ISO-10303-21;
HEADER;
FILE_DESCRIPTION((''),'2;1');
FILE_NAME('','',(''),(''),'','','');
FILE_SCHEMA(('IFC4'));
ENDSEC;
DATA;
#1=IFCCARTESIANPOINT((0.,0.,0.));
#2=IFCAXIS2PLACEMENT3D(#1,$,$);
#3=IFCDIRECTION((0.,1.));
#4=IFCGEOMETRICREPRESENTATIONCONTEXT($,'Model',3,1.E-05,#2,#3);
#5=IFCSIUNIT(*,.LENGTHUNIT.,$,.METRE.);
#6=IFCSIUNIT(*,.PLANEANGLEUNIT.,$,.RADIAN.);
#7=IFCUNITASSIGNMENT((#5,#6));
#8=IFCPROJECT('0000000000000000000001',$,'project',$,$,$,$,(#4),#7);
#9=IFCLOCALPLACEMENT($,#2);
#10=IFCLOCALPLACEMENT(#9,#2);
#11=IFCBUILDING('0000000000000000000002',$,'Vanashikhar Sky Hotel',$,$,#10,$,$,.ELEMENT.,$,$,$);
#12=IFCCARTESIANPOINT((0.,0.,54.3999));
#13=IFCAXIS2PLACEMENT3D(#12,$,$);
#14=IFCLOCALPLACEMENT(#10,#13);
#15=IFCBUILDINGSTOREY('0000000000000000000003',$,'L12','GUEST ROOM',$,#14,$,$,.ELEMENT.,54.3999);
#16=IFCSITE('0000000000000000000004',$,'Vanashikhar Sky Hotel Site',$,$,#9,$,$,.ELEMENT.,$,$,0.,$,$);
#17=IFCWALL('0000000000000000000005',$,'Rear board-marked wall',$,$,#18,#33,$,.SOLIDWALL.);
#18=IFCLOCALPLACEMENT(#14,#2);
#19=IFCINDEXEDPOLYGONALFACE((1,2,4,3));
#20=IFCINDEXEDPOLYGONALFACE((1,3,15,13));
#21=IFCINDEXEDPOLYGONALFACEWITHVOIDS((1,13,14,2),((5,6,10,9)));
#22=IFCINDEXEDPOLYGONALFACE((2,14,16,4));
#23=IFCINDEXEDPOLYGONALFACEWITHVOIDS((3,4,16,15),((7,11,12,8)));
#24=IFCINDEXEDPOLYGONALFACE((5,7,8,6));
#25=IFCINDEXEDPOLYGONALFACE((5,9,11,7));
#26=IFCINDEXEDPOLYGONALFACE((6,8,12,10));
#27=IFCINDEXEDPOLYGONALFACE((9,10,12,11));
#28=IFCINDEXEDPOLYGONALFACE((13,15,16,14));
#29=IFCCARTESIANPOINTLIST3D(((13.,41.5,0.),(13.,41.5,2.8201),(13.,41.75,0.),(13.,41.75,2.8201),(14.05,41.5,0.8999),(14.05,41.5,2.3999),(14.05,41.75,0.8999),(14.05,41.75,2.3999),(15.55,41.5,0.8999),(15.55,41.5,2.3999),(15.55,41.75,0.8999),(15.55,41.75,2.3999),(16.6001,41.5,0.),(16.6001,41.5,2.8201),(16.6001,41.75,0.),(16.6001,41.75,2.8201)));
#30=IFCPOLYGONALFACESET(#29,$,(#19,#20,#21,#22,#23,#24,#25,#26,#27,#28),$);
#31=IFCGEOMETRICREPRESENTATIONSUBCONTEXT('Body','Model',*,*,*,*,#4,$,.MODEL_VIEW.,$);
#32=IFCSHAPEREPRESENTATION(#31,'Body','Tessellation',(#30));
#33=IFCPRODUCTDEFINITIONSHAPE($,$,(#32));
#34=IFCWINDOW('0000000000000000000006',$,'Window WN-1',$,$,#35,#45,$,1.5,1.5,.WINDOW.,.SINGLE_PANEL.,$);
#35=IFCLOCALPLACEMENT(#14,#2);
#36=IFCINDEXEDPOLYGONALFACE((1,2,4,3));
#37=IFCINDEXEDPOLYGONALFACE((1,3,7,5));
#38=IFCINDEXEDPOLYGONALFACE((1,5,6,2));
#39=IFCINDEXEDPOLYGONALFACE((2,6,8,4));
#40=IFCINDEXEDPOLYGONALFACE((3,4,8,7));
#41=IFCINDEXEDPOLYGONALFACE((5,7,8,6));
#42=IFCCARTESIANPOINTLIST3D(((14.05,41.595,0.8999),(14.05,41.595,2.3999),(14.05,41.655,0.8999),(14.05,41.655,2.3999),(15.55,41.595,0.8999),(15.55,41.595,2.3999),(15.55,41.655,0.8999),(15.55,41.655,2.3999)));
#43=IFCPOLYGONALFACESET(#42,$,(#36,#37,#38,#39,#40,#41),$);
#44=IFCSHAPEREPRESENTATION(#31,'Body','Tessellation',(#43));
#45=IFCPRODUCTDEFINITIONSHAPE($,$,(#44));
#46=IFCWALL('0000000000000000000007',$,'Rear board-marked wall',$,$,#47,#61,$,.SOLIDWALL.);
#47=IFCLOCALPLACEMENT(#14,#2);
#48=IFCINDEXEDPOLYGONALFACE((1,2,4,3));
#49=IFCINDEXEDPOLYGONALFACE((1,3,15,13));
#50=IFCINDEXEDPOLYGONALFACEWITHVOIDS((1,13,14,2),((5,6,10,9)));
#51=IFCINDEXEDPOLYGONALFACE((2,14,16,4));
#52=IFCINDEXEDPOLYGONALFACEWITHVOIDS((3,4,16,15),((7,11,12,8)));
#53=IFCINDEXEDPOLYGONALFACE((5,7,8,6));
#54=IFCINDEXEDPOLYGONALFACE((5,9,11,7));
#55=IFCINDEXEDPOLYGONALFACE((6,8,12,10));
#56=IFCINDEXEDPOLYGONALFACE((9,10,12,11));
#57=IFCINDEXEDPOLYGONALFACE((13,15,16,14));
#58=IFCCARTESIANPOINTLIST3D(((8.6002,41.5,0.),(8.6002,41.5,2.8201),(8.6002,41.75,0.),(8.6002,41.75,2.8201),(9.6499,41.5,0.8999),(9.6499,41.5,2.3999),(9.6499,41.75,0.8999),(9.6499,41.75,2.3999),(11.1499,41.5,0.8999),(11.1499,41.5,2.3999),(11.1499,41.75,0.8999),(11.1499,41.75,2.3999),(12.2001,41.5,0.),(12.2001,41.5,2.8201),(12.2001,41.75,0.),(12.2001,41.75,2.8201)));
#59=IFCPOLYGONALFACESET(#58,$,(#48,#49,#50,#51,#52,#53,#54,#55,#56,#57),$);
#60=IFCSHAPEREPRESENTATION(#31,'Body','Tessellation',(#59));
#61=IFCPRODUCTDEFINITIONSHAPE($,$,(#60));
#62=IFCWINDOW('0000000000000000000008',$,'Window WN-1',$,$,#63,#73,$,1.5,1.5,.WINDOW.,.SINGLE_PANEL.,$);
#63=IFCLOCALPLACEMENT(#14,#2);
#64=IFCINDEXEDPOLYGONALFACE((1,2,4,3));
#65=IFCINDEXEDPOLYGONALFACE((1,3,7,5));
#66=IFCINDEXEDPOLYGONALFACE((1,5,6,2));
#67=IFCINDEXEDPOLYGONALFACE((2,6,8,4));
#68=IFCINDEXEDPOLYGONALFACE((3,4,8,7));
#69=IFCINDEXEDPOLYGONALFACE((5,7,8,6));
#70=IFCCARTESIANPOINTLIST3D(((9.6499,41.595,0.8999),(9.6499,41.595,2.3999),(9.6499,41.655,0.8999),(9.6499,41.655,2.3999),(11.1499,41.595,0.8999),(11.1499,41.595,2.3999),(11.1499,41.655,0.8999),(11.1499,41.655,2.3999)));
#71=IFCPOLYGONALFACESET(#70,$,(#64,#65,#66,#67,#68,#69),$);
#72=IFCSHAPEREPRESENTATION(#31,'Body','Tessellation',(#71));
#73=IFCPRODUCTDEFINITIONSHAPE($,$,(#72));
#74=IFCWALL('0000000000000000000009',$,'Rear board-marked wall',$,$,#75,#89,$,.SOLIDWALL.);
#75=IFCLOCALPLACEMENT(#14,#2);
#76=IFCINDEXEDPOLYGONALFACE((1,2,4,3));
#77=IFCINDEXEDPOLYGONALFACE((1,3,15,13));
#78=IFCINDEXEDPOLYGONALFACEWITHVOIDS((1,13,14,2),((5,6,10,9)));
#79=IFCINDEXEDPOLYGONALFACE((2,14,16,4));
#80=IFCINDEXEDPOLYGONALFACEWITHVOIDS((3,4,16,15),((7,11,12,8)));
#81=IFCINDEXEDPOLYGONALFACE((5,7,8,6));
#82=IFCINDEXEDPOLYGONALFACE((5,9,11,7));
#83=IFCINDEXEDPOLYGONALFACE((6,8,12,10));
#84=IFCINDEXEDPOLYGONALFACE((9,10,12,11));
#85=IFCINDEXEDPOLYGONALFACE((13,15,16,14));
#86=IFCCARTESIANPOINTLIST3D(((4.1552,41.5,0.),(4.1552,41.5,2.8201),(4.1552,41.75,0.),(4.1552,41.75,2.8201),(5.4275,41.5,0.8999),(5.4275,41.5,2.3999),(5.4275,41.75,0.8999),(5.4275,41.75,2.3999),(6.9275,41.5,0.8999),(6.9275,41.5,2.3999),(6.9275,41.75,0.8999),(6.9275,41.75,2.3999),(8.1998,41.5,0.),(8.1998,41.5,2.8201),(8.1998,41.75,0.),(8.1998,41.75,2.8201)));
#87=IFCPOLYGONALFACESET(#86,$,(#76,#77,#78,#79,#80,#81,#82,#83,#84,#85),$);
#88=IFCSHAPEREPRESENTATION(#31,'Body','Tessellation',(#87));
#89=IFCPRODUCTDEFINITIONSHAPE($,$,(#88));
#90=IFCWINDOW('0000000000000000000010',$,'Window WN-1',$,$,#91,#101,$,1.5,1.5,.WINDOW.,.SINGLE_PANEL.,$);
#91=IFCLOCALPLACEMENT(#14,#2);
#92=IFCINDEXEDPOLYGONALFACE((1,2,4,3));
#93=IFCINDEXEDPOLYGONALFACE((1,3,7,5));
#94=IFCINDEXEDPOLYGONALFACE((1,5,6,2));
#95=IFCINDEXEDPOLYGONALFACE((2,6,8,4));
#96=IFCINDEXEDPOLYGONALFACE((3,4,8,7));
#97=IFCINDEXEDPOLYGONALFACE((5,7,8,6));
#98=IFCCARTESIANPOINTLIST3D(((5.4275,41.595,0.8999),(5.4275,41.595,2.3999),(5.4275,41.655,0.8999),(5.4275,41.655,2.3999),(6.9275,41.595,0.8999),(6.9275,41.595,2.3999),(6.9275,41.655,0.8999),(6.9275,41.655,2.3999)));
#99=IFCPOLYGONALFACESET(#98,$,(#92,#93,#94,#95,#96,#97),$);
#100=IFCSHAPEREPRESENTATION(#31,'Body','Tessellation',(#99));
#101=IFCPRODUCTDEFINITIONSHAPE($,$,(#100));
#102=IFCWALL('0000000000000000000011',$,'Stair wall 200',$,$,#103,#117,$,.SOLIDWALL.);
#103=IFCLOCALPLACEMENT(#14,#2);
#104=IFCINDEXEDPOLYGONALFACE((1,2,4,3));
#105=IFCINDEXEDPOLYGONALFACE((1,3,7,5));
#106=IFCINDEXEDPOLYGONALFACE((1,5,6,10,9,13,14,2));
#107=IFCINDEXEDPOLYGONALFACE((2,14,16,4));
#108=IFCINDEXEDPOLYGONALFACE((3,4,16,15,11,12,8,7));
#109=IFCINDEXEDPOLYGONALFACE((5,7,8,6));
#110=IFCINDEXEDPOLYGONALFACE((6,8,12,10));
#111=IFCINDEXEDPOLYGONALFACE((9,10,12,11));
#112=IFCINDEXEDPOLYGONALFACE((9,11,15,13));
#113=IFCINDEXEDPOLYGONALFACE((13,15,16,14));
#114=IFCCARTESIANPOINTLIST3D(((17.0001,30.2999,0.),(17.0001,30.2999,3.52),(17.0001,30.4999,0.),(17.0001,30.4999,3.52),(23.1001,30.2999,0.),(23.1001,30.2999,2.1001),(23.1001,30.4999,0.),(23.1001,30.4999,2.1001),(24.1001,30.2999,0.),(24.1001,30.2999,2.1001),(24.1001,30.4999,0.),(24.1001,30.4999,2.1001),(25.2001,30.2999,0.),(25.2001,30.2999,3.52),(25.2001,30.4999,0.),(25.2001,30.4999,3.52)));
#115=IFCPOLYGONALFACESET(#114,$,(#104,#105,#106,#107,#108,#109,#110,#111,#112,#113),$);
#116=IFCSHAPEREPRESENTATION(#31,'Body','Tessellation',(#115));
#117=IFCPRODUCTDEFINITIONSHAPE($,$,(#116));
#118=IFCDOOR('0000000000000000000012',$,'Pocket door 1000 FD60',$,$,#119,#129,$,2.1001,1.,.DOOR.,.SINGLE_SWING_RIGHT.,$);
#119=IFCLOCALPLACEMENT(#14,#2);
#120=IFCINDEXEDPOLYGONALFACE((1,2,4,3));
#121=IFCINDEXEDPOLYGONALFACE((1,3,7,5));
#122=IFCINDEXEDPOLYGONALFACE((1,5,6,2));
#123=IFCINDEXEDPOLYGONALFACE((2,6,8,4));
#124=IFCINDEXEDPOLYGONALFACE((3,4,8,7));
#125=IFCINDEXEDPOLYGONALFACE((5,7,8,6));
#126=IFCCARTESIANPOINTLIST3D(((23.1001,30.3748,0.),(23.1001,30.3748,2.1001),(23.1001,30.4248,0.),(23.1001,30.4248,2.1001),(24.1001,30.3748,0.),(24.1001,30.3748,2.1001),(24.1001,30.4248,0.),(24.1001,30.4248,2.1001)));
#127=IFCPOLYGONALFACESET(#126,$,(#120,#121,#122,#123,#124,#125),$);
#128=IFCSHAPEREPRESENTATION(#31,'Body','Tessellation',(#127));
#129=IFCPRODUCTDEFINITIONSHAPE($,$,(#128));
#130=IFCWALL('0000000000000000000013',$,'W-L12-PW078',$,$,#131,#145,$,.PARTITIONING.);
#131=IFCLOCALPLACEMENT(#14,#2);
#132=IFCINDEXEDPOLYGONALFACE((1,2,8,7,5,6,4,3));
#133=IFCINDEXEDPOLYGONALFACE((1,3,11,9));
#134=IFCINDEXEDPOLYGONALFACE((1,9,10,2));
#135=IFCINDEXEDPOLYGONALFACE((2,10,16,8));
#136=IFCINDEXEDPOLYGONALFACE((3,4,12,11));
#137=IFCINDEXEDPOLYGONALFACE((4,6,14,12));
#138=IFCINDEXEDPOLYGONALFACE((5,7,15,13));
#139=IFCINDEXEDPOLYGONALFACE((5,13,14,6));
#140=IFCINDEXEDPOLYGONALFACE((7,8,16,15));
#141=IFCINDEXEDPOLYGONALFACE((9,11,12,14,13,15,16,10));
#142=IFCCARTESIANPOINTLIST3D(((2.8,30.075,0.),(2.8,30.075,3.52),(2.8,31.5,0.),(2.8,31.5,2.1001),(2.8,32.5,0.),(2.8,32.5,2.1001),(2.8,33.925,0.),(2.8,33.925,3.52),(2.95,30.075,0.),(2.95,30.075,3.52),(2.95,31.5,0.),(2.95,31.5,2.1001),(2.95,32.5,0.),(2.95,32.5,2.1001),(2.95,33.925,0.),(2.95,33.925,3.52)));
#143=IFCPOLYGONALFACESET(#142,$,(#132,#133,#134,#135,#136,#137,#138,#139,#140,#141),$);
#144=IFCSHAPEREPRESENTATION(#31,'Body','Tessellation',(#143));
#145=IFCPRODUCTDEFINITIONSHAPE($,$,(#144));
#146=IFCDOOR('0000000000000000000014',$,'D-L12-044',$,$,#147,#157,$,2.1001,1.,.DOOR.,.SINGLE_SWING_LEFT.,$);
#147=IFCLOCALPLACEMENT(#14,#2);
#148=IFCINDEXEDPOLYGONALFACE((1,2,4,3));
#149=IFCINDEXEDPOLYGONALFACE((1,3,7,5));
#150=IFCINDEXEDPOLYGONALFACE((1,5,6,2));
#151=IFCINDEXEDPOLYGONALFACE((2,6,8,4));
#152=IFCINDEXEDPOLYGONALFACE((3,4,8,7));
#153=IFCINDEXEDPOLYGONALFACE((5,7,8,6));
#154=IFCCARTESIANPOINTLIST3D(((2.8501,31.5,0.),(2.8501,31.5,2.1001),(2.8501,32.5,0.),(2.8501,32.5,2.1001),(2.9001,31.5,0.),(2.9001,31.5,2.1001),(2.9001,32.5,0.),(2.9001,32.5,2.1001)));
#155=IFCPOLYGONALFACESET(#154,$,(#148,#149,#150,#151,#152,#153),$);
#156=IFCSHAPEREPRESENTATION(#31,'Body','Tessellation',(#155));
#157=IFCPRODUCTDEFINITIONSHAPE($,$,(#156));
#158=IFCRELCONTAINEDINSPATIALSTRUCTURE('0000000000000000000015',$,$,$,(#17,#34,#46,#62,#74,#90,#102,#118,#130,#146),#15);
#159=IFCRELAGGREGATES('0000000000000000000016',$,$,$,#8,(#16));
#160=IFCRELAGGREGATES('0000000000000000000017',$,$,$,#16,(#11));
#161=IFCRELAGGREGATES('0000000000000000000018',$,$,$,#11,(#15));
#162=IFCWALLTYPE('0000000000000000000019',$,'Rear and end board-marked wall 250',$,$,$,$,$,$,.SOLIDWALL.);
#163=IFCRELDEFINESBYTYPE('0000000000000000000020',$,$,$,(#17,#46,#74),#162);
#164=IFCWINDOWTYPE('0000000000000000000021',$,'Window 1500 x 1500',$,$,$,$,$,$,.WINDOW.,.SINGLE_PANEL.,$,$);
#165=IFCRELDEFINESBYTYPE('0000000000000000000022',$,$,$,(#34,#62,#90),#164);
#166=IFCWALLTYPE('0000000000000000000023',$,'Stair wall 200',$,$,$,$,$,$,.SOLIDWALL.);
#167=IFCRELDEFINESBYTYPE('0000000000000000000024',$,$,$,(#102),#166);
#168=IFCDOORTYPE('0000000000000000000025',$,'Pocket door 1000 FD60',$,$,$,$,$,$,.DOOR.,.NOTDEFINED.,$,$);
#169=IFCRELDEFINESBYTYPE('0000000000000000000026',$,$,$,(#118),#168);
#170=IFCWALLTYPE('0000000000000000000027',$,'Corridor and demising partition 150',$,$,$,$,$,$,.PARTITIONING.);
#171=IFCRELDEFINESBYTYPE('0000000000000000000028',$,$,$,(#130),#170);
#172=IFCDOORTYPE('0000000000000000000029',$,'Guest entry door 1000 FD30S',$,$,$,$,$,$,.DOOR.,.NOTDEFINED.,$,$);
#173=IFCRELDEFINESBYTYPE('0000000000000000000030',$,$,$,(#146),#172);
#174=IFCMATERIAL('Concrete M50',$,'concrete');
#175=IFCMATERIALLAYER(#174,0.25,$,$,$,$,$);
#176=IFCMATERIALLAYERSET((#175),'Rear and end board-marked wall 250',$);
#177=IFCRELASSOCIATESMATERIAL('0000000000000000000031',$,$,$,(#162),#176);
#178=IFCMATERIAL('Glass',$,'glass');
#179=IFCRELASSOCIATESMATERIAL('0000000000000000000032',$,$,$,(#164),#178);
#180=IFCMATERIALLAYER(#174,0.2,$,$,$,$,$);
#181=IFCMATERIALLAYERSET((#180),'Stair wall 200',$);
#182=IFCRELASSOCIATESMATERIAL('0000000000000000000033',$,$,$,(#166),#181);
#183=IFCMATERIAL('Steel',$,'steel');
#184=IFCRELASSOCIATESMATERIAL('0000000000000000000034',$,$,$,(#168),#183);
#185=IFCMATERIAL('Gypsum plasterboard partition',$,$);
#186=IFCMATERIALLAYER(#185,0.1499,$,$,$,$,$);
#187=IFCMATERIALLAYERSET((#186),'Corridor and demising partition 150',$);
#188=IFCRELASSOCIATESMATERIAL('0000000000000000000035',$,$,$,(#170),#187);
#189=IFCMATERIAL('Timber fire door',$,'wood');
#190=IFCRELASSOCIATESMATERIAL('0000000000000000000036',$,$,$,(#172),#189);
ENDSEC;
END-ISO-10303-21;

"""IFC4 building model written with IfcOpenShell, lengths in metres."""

from ifc_helpers import new_model, si_unit, direction, frame, frame_2d, origin, place, context, subcontext, project, spatial, rectangle, extrude, source, transform, mapped, material, layer, layer_set, type_object, element, fill, save


model = new_model("IFC4")

# Units and contexts
model_context = context("Model", 3, precision=1e-05, world=origin(), true_north=direction((0.0, 1.0)))
body_context = subcontext(model_context, "Body", "Model", "MODEL_VIEW")
ifc_project = project(units=[si_unit("LENGTHUNIT", "METRE"), si_unit("PLANEANGLEUNIT", "RADIAN")], contexts=[model_context])

# Site, building, storey
site_placement = place(None, origin())
site = spatial("IfcSite", under=ifc_project, at=site_placement, Name="Vanashikhar Sky Hotel Site", CompositionType="ELEMENT", RefElevation=0.0)
building_placement = place(site_placement, origin())
building = spatial("IfcBuilding", under=site, at=building_placement, Name="Vanashikhar Sky Hotel", CompositionType="ELEMENT")
storey_placement = place(building_placement, frame((0.0, 0.0, 54.3999)))
storey = spatial("IfcBuildingStorey", under=building, at=storey_placement, Name="L12", Description="GUEST ROOM", CompositionType="ELEMENT", Elevation=54.3999)

# Shared definitions
ifc_material_1 = material(Name="Concrete M50", Category="concrete")

# Shared definitions
ifc_material_2 = material(Name="Glass", Category="glass")

# Shared definitions
ifc_layer_1 = layer(ifc_material_1, 0.25)
ifc_layer_set_1 = layer_set([ifc_layer_1], Name="Rear and end board-marked wall 250")
wall_type_1 = type_object("IfcWallType", Name="Rear and end board-marked wall 250", PredefinedType="SOLIDWALL", material=ifc_layer_set_1)

# Walls, openings, windows
shared_shape_1 = source(origin(), body_context, "Body", "SweptSolid", [
    extrude(rectangle(XDim=3.6001, YDim=0.25, at=frame_2d((1.8, 0.0))), origin(), (0.0, 0.0, 1.0), 2.8201),
])
wall_1_placement = place(storey_placement, frame((16.6001, 41.625, 0.0), z_axis=(0.0, 0.0, 1.0), x_axis=(-1.0, 0.0, 0.0)))
wall_1 = element("IfcWall", 1, at=wall_1_placement, inside=storey, type_object=wall_type_1, Name="Rear board-marked wall", PredefinedType="SOLIDWALL", context=body_context, shape_type="MappedRepresentation", body=[
    mapped(shared_shape_1, transform((0.0, 0.0, 0.0), scale=1.0)),
])
shared_shape_2 = source(origin(), body_context, "Body", "SweptSolid", [
    extrude(rectangle(XDim=1.5, YDim=1.5, at=frame_2d((0.75, 0.75))), frame((0.0, 0.135, 0.0), z_axis=(0.0, -1.0, 0.0), x_axis=(1.0, 0.0, 0.0)), (0.0, 0.0, 1.0), 0.27),
])
opening_1_placement = place(wall_1_placement, frame((1.05, 0.0, 0.8999)))
opening_1 = element("IfcOpeningElement", 2, at=opening_1_placement, cuts=wall_1, PredefinedType="OPENING", context=body_context, shape_type="MappedRepresentation", body=[
    mapped(shared_shape_2, transform((0.0, 0.0, 0.0), scale=1.0)),
])
window_type_1 = type_object("IfcWindowType", Name="Window 1500 x 1500", PartitioningType="SINGLE_PANEL", PredefinedType="WINDOW", material=ifc_material_2)
shared_shape_3 = source(origin(), body_context, "Body", "SweptSolid", [
    extrude(rectangle(XDim=1.5, YDim=1.5, at=frame_2d((0.75, 0.75))), frame((0.0, 0.03, 0.0), z_axis=(0.0, -1.0, 0.0), x_axis=(1.0, 0.0, 0.0)), (0.0, 0.0, 1.0), 0.0601),
])
window_1_placement = place(opening_1_placement, origin())
window_1 = element("IfcWindow", 3, at=window_1_placement, inside=storey, type_object=window_type_1, Name="Window WN-1", OverallHeight=1.5, OverallWidth=1.5, PartitioningType="SINGLE_PANEL", PredefinedType="WINDOW", context=body_context, shape_type="MappedRepresentation", body=[
    mapped(shared_shape_3, transform((0.0, 0.0, 0.0), scale=1.0)),
])
fill(opening_1, window_1)
shared_shape_4 = source(origin(), body_context, "Body", "SweptSolid", [
    extrude(rectangle(XDim=3.5999, YDim=0.25, at=frame_2d((1.7998, 0.0))), origin(), (0.0, 0.0, 1.0), 2.8201),
])
wall_2_placement = place(storey_placement, frame((12.2, 41.625, 0.0), z_axis=(0.0, 0.0, 1.0), x_axis=(-1.0, 0.0, 0.0)))
wall_2 = element("IfcWall", 4, at=wall_2_placement, inside=storey, type_object=wall_type_1, Name="Rear board-marked wall", PredefinedType="SOLIDWALL", context=body_context, shape_type="MappedRepresentation", body=[
    mapped(shared_shape_4, transform((0.0, 0.0, 0.0), scale=1.0)),
])
opening_2_placement = place(wall_2_placement, frame((1.05, 0.0, 0.8999)))
opening_2 = element("IfcOpeningElement", 5, at=opening_2_placement, cuts=wall_2, PredefinedType="OPENING", context=body_context, shape_type="MappedRepresentation", body=[
    mapped(shared_shape_2, transform((0.0, 0.0, 0.0), scale=1.0)),
])
window_2_placement = place(opening_2_placement, origin())
window_2 = element("IfcWindow", 6, at=window_2_placement, inside=storey, type_object=window_type_1, Name="Window WN-1", OverallHeight=1.5, OverallWidth=1.5, PartitioningType="SINGLE_PANEL", PredefinedType="WINDOW", context=body_context, shape_type="MappedRepresentation", body=[
    mapped(shared_shape_3, transform((0.0, 0.0, 0.0), scale=1.0)),
])
fill(opening_2, window_2)
shared_shape_5 = source(origin(), body_context, "Body", "SweptSolid", [
    extrude(rectangle(XDim=4.0447, YDim=0.25, at=frame_2d((2.0225, 0.0))), origin(), (0.0, 0.0, 1.0), 2.8201),
])
wall_3_placement = place(storey_placement, frame((8.2, 41.625, 0.0), z_axis=(0.0, 0.0, 1.0), x_axis=(-1.0, 0.0, 0.0)))
wall_3 = element("IfcWall", 7, at=wall_3_placement, inside=storey, type_object=wall_type_1, Name="Rear board-marked wall", PredefinedType="SOLIDWALL", context=body_context, shape_type="MappedRepresentation", body=[
    mapped(shared_shape_5, transform((0.0, 0.0, 0.0), scale=1.0)),
])
opening_3_placement = place(wall_3_placement, frame((1.2725, 0.0, 0.8999)))
opening_3 = element("IfcOpeningElement", 8, at=opening_3_placement, cuts=wall_3, PredefinedType="OPENING", context=body_context, shape_type="MappedRepresentation", body=[
    mapped(shared_shape_2, transform((0.0, 0.0, 0.0), scale=1.0)),
])
window_3_placement = place(opening_3_placement, origin())
window_3 = element("IfcWindow", 9, at=window_3_placement, inside=storey, type_object=window_type_1, Name="Window WN-1", OverallHeight=1.5, OverallWidth=1.5, PartitioningType="SINGLE_PANEL", PredefinedType="WINDOW", context=body_context, shape_type="MappedRepresentation", body=[
    mapped(shared_shape_3, transform((0.0, 0.0, 0.0), scale=1.0)),
])
fill(opening_3, window_3)

# Walls, openings, doors
ifc_layer_2 = layer(ifc_material_1, 0.2)
ifc_layer_set_2 = layer_set([ifc_layer_2], Name="Stair wall 200")
wall_type_2 = type_object("IfcWallType", Name="Stair wall 200", PredefinedType="SOLIDWALL", material=ifc_layer_set_2)
shared_shape_6 = source(origin(), body_context, "Body", "SweptSolid", [
    extrude(rectangle(XDim=8.2, YDim=0.2, at=frame_2d((4.1001, 0.0))), origin(), (0.0, 0.0, 1.0), 3.52),
])
wall_4_placement = place(storey_placement, frame((17.0, 30.3999, 0.0), z_axis=(0.0, 0.0, 1.0), x_axis=(1.0, 0.0, 0.0)))
wall_4 = element("IfcWall", 10, at=wall_4_placement, inside=storey, type_object=wall_type_2, Name="Stair wall 200", PredefinedType="SOLIDWALL", context=body_context, shape_type="MappedRepresentation", body=[
    mapped(shared_shape_6, transform((0.0, 0.0, 0.0), scale=1.0)),
])
shared_shape_7 = source(origin(), body_context, "Body", "SweptSolid", [
    extrude(rectangle(XDim=1.0, YDim=2.1001, at=frame_2d((0.5, 1.05))), frame((0.0, 0.1099, 0.0), z_axis=(0.0, -1.0, 0.0), x_axis=(1.0, 0.0, 0.0)), (0.0, 0.0, 1.0), 0.22),
])
opening_4_placement = place(wall_4_placement, frame((6.1001, 0.0, 0.0)))
opening_4 = element("IfcOpeningElement", 11, at=opening_4_placement, cuts=wall_4, PredefinedType="OPENING", context=body_context, shape_type="MappedRepresentation", body=[
    mapped(shared_shape_7, transform((0.0, 0.0, 0.0), scale=1.0)),
])
ifc_material_3 = material(Name="Steel", Category="steel")
door_type_1 = type_object("IfcDoorType", Name="Pocket door 1000 FD60", OperationType="NOTDEFINED", PredefinedType="DOOR", material=ifc_material_3)
shared_shape_8 = source(origin(), body_context, "Body", "SweptSolid", [
    extrude(rectangle(XDim=1.0, YDim=2.1001, at=frame_2d((0.5, 1.05))), frame((0.0, 0.0249, 0.0), z_axis=(0.0, -1.0, 0.0), x_axis=(1.0, 0.0, 0.0)), (0.0, 0.0, 1.0), 0.05),
])
door_1_placement = place(opening_4_placement, origin())
door_1 = element("IfcDoor", 12, at=door_1_placement, inside=storey, type_object=door_type_1, Name="Pocket door 1000 FD60", OperationType="SINGLE_SWING_RIGHT", OverallHeight=2.1001, OverallWidth=1.0, PredefinedType="DOOR", context=body_context, shape_type="MappedRepresentation", body=[
    mapped(shared_shape_8, transform((0.0, 0.0, 0.0), scale=1.0)),
])
fill(opening_4, door_1)
ifc_material_4 = material(Name="Gypsum plasterboard partition")
ifc_layer_3 = layer(ifc_material_4, 0.1499)
ifc_layer_set_3 = layer_set([ifc_layer_3], Name="Corridor and demising partition 150")
wall_type_3 = type_object("IfcWallType", Name="Corridor and demising partition 150", PredefinedType="PARTITIONING", material=ifc_layer_set_3)
shared_shape_9 = source(origin(), body_context, "Body", "SweptSolid", [
    extrude(rectangle(XDim=3.8501, YDim=0.1499, at=frame_2d((1.925, 0.0))), origin(), (0.0, 0.0, 1.0), 3.52),
])
wall_5_placement = place(storey_placement, frame((2.875, 30.075, 0.0), z_axis=(0.0, 0.0, 1.0), x_axis=(0.0, 1.0, 0.0)))
wall_5 = element("IfcWall", 13, at=wall_5_placement, inside=storey, type_object=wall_type_3, Name="W-L12-PW078", PredefinedType="PARTITIONING", context=body_context, shape_type="MappedRepresentation", body=[
    mapped(shared_shape_9, transform((0.0, 0.0, 0.0), scale=1.0)),
])
shared_shape_10 = source(origin(), body_context, "Body", "SweptSolid", [
    extrude(rectangle(XDim=1.0, YDim=2.1001, at=frame_2d((0.5, 1.05))), frame((0.0, 0.085, 0.0), z_axis=(0.0, -1.0, 0.0), x_axis=(1.0, 0.0, 0.0)), (0.0, 0.0, 1.0), 0.1699),
])
opening_5_placement = place(wall_5_placement, frame((1.425, 0.0, 0.0)))
opening_5 = element("IfcOpeningElement", 14, at=opening_5_placement, cuts=wall_5, PredefinedType="OPENING", context=body_context, shape_type="MappedRepresentation", body=[
    mapped(shared_shape_10, transform((0.0, 0.0, 0.0), scale=1.0)),
])
ifc_material_5 = material(Name="Timber fire door", Category="wood")
door_type_2 = type_object("IfcDoorType", Name="Guest entry door 1000 FD30S", OperationType="NOTDEFINED", PredefinedType="DOOR", material=ifc_material_5)
door_2_placement = place(opening_5_placement, origin())
door_2 = element("IfcDoor", 15, at=door_2_placement, inside=storey, type_object=door_type_2, Name="D-L12-044", OperationType="SINGLE_SWING_LEFT", OverallHeight=2.1001, OverallWidth=1.0, PredefinedType="DOOR", context=body_context, shape_type="MappedRepresentation", body=[
    mapped(shared_shape_8, transform((0.0, 0.0, 0.0), scale=1.0)),
])
fill(opening_5, door_2)

save(model, "model.ifc")
